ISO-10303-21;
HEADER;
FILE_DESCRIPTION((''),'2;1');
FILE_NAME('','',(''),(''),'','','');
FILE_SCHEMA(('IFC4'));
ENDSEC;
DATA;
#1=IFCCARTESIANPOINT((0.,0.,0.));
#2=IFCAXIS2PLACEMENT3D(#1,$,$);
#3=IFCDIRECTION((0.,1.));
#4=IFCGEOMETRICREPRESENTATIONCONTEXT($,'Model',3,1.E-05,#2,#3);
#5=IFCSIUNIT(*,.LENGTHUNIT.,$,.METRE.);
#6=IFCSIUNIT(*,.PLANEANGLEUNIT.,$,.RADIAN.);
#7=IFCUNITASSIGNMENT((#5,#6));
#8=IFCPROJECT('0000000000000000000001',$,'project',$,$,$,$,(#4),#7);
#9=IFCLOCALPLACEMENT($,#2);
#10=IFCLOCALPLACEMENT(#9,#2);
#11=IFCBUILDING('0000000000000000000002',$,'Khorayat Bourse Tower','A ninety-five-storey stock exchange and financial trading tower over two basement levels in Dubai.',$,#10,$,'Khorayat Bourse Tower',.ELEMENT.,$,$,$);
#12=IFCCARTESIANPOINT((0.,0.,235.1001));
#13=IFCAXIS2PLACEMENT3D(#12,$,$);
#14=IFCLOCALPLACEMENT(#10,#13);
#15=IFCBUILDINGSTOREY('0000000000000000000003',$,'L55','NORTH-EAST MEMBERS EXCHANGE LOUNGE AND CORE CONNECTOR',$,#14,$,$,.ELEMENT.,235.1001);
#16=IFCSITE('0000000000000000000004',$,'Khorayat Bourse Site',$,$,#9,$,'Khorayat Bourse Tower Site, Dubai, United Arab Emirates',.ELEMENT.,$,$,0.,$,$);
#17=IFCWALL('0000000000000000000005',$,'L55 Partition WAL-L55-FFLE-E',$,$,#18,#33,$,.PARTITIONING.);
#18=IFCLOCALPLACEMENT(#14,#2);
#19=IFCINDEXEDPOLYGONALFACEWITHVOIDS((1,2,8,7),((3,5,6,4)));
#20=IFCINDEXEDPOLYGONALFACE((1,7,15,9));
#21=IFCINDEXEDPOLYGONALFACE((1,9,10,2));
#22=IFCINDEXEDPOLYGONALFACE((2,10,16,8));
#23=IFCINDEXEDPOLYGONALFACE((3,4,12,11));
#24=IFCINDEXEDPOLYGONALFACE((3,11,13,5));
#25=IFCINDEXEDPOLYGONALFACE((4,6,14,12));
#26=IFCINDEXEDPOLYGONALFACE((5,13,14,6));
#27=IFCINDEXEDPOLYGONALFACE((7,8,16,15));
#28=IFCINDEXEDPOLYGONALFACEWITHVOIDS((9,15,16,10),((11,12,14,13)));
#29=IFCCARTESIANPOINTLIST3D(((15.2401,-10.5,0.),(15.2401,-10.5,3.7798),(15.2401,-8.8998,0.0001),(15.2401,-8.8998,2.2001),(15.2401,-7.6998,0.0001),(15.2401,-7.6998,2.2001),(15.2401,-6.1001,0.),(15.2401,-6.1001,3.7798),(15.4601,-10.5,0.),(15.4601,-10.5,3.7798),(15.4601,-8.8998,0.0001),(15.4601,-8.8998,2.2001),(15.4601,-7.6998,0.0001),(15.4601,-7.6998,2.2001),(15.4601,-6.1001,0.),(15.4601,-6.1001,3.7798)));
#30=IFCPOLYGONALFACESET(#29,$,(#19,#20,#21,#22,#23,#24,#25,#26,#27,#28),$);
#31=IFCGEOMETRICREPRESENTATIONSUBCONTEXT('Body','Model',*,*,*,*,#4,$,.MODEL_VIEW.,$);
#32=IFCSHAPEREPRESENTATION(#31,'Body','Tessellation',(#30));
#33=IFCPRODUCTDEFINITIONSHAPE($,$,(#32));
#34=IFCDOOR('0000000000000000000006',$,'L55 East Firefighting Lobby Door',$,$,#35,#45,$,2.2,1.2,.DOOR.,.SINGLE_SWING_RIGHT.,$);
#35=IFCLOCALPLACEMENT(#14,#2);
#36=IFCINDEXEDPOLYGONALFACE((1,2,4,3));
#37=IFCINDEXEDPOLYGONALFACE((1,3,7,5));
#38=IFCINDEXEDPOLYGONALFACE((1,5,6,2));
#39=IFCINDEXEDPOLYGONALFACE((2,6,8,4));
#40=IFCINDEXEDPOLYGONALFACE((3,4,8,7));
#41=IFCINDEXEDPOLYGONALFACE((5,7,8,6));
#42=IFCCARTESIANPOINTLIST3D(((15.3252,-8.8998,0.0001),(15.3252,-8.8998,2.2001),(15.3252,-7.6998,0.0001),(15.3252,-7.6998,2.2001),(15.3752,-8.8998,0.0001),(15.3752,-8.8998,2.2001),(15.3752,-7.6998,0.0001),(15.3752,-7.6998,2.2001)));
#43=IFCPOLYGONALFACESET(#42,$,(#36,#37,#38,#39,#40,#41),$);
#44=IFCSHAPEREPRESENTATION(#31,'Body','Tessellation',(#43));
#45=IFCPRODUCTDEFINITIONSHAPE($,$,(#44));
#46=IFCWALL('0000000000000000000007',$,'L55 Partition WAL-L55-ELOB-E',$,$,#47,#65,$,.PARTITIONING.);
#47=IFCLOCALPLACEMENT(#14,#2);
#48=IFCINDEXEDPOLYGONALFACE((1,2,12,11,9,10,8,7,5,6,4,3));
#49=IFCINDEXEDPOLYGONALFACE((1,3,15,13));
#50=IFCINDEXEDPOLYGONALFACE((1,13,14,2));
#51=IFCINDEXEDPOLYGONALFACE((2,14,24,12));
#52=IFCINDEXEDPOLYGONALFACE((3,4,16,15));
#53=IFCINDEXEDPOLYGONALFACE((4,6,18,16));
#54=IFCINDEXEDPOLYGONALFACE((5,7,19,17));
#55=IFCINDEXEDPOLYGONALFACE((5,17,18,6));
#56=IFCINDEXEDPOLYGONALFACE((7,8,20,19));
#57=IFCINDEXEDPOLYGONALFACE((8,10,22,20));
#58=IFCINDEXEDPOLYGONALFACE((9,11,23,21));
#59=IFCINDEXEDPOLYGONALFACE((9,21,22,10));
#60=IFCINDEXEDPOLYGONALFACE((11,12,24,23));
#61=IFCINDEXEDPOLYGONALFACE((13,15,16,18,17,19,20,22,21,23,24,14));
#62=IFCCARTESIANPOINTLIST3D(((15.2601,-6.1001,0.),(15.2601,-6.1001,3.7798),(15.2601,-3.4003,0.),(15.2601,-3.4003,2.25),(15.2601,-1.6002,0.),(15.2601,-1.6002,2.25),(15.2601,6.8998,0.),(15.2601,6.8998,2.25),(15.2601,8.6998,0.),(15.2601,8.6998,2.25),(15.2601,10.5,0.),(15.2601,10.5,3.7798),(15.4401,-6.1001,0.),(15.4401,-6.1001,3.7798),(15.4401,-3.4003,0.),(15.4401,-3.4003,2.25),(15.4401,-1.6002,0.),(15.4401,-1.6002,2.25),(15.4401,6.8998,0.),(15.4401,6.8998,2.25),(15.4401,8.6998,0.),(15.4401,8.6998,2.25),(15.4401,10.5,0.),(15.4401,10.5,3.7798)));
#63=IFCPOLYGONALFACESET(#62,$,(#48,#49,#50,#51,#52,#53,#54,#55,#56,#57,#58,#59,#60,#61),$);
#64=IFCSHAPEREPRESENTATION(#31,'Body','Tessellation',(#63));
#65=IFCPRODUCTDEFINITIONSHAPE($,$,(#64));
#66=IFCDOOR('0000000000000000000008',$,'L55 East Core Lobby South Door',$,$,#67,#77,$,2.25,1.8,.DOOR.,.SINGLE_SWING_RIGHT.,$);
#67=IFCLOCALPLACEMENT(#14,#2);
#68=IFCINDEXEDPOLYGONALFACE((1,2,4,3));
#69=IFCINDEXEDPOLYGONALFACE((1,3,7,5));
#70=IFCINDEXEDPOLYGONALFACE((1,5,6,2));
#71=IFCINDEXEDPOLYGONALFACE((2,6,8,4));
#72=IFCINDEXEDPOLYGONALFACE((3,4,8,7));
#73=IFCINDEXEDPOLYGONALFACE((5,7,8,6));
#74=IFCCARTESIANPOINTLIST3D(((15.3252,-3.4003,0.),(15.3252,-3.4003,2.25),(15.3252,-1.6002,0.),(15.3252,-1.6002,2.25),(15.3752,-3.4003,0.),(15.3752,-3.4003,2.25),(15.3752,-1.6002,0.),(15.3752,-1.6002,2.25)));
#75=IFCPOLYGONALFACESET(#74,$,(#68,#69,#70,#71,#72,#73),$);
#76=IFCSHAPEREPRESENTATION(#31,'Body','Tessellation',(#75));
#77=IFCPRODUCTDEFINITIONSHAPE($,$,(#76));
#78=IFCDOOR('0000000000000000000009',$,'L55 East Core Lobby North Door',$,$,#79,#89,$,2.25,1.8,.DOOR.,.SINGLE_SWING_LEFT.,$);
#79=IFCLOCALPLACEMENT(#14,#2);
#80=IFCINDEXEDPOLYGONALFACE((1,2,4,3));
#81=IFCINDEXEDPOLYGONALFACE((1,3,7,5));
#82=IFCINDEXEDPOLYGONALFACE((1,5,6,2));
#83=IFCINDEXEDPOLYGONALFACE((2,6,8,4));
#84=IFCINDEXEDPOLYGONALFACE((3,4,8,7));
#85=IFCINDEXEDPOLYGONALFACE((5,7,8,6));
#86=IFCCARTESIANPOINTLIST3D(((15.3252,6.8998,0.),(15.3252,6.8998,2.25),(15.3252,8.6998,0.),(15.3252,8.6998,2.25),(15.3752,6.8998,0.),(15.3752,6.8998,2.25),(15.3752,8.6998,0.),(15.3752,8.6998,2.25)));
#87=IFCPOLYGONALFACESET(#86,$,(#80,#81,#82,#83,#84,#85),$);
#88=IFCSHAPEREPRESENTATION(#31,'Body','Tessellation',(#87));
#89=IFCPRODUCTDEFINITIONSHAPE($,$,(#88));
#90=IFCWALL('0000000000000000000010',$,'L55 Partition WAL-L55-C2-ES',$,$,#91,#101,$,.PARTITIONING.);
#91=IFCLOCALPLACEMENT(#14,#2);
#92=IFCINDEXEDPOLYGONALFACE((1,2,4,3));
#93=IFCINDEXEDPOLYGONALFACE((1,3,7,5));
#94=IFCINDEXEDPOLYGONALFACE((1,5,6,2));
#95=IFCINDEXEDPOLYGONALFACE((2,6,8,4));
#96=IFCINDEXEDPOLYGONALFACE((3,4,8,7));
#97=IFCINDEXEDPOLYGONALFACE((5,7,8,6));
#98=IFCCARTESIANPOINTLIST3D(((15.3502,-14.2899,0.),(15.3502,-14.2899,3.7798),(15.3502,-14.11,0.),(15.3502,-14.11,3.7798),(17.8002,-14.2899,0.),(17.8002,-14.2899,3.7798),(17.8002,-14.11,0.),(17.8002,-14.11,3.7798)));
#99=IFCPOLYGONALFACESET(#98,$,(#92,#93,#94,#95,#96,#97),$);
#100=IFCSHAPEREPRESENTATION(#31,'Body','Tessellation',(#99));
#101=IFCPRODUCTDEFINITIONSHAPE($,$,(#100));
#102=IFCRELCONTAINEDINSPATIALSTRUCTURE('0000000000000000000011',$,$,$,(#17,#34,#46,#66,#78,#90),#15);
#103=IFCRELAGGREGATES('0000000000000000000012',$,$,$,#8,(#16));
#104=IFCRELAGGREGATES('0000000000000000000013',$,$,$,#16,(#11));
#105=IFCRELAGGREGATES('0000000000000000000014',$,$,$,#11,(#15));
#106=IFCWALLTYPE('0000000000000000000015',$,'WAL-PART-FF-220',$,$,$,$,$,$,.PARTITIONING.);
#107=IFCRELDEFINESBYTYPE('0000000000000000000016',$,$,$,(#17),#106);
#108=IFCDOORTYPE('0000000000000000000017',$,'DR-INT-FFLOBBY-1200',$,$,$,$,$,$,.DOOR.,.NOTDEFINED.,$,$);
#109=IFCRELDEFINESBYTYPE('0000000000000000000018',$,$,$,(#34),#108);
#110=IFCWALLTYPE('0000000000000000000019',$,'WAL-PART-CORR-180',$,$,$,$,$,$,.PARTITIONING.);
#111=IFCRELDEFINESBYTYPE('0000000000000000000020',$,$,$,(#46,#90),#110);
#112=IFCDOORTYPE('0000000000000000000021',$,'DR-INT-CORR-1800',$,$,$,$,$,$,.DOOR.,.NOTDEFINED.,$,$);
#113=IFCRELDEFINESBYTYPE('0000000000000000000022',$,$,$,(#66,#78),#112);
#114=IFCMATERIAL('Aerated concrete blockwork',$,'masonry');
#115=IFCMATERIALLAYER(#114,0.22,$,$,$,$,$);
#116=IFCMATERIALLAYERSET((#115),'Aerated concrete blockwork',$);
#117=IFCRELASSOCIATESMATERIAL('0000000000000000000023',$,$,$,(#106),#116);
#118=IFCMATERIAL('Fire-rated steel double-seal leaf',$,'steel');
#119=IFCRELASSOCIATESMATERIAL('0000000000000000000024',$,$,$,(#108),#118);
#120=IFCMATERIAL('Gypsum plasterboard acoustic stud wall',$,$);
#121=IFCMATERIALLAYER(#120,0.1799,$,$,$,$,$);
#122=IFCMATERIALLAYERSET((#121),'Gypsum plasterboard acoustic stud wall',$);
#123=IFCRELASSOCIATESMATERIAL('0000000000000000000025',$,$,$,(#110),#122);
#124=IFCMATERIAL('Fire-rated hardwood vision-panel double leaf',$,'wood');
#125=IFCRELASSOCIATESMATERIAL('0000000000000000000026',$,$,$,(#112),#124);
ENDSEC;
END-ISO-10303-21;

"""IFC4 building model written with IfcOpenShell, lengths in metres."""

from ifc_helpers import new_model, si_unit, direction, frame, frame_2d, origin, place, context, subcontext, project, spatial, rectangle, extrude, source, transform, mapped, material, layer, layer_set, type_object, element, fill, save


model = new_model("IFC4")

# Units and contexts
model_context = context("Model", 3, precision=1e-05, world=origin(), true_north=direction((0.0, 1.0)))
body_context = subcontext(model_context, "Body", "Model", "MODEL_VIEW")
ifc_project = project(units=[si_unit("LENGTHUNIT", "METRE"), si_unit("PLANEANGLEUNIT", "RADIAN")], contexts=[model_context])

# Site, building, storey
site_placement = place(None, origin())
site = spatial("IfcSite", under=ifc_project, at=site_placement, Name="Khorayat Bourse Site", LongName="Khorayat Bourse Tower Site, Dubai, United Arab Emirates", CompositionType="ELEMENT", RefElevation=0.0)
building_placement = place(site_placement, origin())
building = spatial("IfcBuilding", under=site, at=building_placement, Name="Khorayat Bourse Tower", Description="A ninety-five-storey stock exchange and financial trading tower over two basement levels in Dubai.", LongName="Khorayat Bourse Tower", CompositionType="ELEMENT")
storey_placement = place(building_placement, frame((0.0, 0.0, 235.1001)))
storey = spatial("IfcBuildingStorey", under=building, at=storey_placement, Name="L55", Description="NORTH-EAST MEMBERS EXCHANGE LOUNGE AND CORE CONNECTOR", CompositionType="ELEMENT", Elevation=235.1001)

# Shared definitions
ifc_material_1 = material(Name="Aerated concrete blockwork", Category="masonry")
ifc_layer_1 = layer(ifc_material_1, 0.22)
ifc_layer_set_1 = layer_set([ifc_layer_1], Name="Aerated concrete blockwork")
wall_type_1 = type_object("IfcWallType", Name="WAL-PART-FF-220", PredefinedType="PARTITIONING", material=ifc_layer_set_1)

# Wall, opening, door
shared_shape_1 = source(origin(), body_context, "Body", "SweptSolid", [
    extrude(rectangle(XDim=4.3999, YDim=0.22, at=frame_2d((2.2, 0.0))), origin(), (0.0, 0.0, 1.0), 3.7798),
])
wall_1_placement = place(storey_placement, frame((15.3501, -10.5, 0.0), z_axis=(0.0, 0.0, 1.0), x_axis=(0.0, 1.0, 0.0)))
wall_1 = element("IfcWall", 1, at=wall_1_placement, inside=storey, type_object=wall_type_1, Name="L55 Partition WAL-L55-FFLE-E", PredefinedType="PARTITIONING", context=body_context, shape_type="MappedRepresentation", body=[
    mapped(shared_shape_1, transform((0.0, 0.0, 0.0), scale=1.0)),
])
shared_shape_2 = source(origin(), body_context, "Body", "SweptSolid", [
    extrude(rectangle(XDim=1.2, YDim=2.2, at=frame_2d((0.6001, 1.1001))), frame((0.0, 0.1199, 0.0), z_axis=(0.0, -1.0, 0.0), x_axis=(1.0, 0.0, 0.0)), (0.0, 0.0, 1.0), 0.24),
])
opening_1_placement = place(wall_1_placement, frame((1.6001, 0.0, 0.0)))
opening_1 = element("IfcOpeningElement", 2, at=opening_1_placement, cuts=wall_1, PredefinedType="OPENING", context=body_context, shape_type="MappedRepresentation", body=[
    mapped(shared_shape_2, transform((0.0, 0.0, 0.0), scale=1.0)),
])
ifc_material_2 = material(Name="Fire-rated steel double-seal leaf", Category="steel")
door_type_1 = type_object("IfcDoorType", Name="DR-INT-FFLOBBY-1200", OperationType="NOTDEFINED", PredefinedType="DOOR", material=ifc_material_2)
shared_shape_3 = source(origin(), body_context, "Body", "SweptSolid", [
    extrude(rectangle(XDim=1.2, YDim=2.2, at=frame_2d((0.6001, 1.1001))), frame((0.0, 0.0249, 0.0), z_axis=(0.0, -1.0, 0.0), x_axis=(1.0, 0.0, 0.0)), (0.0, 0.0, 1.0), 0.05),
])
door_1_placement = place(opening_1_placement, origin())
door_1 = element("IfcDoor", 3, at=door_1_placement, inside=storey, type_object=door_type_1, Name="L55 East Firefighting Lobby Door", OperationType="SINGLE_SWING_RIGHT", OverallHeight=2.2, OverallWidth=1.2, PredefinedType="DOOR", context=body_context, shape_type="MappedRepresentation", body=[
    mapped(shared_shape_3, transform((0.0, 0.0, 0.0), scale=1.0)),
])
fill(opening_1, door_1)

# Wall, openings, doors
ifc_material_3 = material(Name="Gypsum plasterboard acoustic stud wall")
ifc_layer_2 = layer(ifc_material_3, 0.1799)
ifc_layer_set_2 = layer_set([ifc_layer_2], Name="Gypsum plasterboard acoustic stud wall")
wall_type_2 = type_object("IfcWallType", Name="WAL-PART-CORR-180", PredefinedType="PARTITIONING", material=ifc_layer_set_2)
shared_shape_4 = source(origin(), body_context, "Body", "SweptSolid", [
    extrude(rectangle(XDim=16.6001, YDim=0.1799, at=frame_2d((8.3, 0.0))), origin(), (0.0, 0.0, 1.0), 3.7798),
])
wall_2_placement = place(storey_placement, frame((15.3501, -6.1001, 0.0), z_axis=(0.0, 0.0, 1.0), x_axis=(0.0, 1.0, 0.0)))
wall_2 = element("IfcWall", 4, at=wall_2_placement, inside=storey, type_object=wall_type_2, Name="L55 Partition WAL-L55-ELOB-E", PredefinedType="PARTITIONING", context=body_context, shape_type="MappedRepresentation", body=[
    mapped(shared_shape_4, transform((0.0, 0.0, 0.0), scale=1.0)),
])
shared_shape_5 = source(origin(), body_context, "Body", "SweptSolid", [
    extrude(rectangle(XDim=1.8, YDim=2.25, at=frame_2d((0.8999, 1.125))), frame((0.0, 0.0999, 0.0), z_axis=(0.0, -1.0, 0.0), x_axis=(1.0, 0.0, 0.0)), (0.0, 0.0, 1.0), 0.2),
])
opening_2_placement = place(wall_2_placement, frame((2.7, 0.0, 0.0)))
opening_2 = element("IfcOpeningElement", 5, at=opening_2_placement, cuts=wall_2, PredefinedType="OPENING", context=body_context, shape_type="MappedRepresentation", body=[
    mapped(shared_shape_5, transform((0.0, 0.0, 0.0), scale=1.0)),
])
opening_3_placement = place(wall_2_placement, frame((13.0, 0.0, 0.0)))
opening_3 = element("IfcOpeningElement", 6, at=opening_3_placement, cuts=wall_2, PredefinedType="OPENING", context=body_context, shape_type="MappedRepresentation", body=[
    mapped(shared_shape_5, transform((0.0, 0.0, 0.0), scale=1.0)),
])
ifc_material_4 = material(Name="Fire-rated hardwood vision-panel double leaf", Category="wood")
door_type_2 = type_object("IfcDoorType", Name="DR-INT-CORR-1800", OperationType="NOTDEFINED", PredefinedType="DOOR", material=ifc_material_4)
shared_shape_6 = source(origin(), body_context, "Body", "SweptSolid", [
    extrude(rectangle(XDim=1.8, YDim=2.25, at=frame_2d((0.8999, 1.125))), frame((0.0, 0.0249, 0.0), z_axis=(0.0, -1.0, 0.0), x_axis=(1.0, 0.0, 0.0)), (0.0, 0.0, 1.0), 0.05),
])
door_2_placement = place(opening_2_placement, origin())
door_2 = element("IfcDoor", 7, at=door_2_placement, inside=storey, type_object=door_type_2, Name="L55 East Core Lobby South Door", OperationType="SINGLE_SWING_RIGHT", OverallHeight=2.25, OverallWidth=1.8, PredefinedType="DOOR", context=body_context, shape_type="MappedRepresentation", body=[
    mapped(shared_shape_6, transform((0.0, 0.0, 0.0), scale=1.0)),
])
fill(opening_2, door_2)
door_3_placement = place(opening_3_placement, origin())
door_3 = element("IfcDoor", 8, at=door_3_placement, inside=storey, type_object=door_type_2, Name="L55 East Core Lobby North Door", OperationType="SINGLE_SWING_LEFT", OverallHeight=2.25, OverallWidth=1.8, PredefinedType="DOOR", context=body_context, shape_type="MappedRepresentation", body=[
    mapped(shared_shape_6, transform((0.0, 0.0, 0.0), scale=1.0)),
])
fill(opening_3, door_3)

# Wall
shared_shape_7 = source(origin(), body_context, "Body", "SweptSolid", [
    extrude(rectangle(XDim=2.45, YDim=0.1799, at=frame_2d((1.2251, 0.0))), origin(), (0.0, 0.0, 1.0), 3.7798),
])
wall_3_placement = place(storey_placement, frame((15.3501, -14.2, 0.0), z_axis=(0.0, 0.0, 1.0), x_axis=(1.0, 0.0, 0.0)))
element("IfcWall", 9, at=wall_3_placement, inside=storey, type_object=wall_type_2, Name="L55 Partition WAL-L55-C2-ES", PredefinedType="PARTITIONING", context=body_context, shape_type="MappedRepresentation", body=[
    mapped(shared_shape_7, transform((0.0, 0.0, 0.0), scale=1.0)),
])

save(model, "model.ifc")
